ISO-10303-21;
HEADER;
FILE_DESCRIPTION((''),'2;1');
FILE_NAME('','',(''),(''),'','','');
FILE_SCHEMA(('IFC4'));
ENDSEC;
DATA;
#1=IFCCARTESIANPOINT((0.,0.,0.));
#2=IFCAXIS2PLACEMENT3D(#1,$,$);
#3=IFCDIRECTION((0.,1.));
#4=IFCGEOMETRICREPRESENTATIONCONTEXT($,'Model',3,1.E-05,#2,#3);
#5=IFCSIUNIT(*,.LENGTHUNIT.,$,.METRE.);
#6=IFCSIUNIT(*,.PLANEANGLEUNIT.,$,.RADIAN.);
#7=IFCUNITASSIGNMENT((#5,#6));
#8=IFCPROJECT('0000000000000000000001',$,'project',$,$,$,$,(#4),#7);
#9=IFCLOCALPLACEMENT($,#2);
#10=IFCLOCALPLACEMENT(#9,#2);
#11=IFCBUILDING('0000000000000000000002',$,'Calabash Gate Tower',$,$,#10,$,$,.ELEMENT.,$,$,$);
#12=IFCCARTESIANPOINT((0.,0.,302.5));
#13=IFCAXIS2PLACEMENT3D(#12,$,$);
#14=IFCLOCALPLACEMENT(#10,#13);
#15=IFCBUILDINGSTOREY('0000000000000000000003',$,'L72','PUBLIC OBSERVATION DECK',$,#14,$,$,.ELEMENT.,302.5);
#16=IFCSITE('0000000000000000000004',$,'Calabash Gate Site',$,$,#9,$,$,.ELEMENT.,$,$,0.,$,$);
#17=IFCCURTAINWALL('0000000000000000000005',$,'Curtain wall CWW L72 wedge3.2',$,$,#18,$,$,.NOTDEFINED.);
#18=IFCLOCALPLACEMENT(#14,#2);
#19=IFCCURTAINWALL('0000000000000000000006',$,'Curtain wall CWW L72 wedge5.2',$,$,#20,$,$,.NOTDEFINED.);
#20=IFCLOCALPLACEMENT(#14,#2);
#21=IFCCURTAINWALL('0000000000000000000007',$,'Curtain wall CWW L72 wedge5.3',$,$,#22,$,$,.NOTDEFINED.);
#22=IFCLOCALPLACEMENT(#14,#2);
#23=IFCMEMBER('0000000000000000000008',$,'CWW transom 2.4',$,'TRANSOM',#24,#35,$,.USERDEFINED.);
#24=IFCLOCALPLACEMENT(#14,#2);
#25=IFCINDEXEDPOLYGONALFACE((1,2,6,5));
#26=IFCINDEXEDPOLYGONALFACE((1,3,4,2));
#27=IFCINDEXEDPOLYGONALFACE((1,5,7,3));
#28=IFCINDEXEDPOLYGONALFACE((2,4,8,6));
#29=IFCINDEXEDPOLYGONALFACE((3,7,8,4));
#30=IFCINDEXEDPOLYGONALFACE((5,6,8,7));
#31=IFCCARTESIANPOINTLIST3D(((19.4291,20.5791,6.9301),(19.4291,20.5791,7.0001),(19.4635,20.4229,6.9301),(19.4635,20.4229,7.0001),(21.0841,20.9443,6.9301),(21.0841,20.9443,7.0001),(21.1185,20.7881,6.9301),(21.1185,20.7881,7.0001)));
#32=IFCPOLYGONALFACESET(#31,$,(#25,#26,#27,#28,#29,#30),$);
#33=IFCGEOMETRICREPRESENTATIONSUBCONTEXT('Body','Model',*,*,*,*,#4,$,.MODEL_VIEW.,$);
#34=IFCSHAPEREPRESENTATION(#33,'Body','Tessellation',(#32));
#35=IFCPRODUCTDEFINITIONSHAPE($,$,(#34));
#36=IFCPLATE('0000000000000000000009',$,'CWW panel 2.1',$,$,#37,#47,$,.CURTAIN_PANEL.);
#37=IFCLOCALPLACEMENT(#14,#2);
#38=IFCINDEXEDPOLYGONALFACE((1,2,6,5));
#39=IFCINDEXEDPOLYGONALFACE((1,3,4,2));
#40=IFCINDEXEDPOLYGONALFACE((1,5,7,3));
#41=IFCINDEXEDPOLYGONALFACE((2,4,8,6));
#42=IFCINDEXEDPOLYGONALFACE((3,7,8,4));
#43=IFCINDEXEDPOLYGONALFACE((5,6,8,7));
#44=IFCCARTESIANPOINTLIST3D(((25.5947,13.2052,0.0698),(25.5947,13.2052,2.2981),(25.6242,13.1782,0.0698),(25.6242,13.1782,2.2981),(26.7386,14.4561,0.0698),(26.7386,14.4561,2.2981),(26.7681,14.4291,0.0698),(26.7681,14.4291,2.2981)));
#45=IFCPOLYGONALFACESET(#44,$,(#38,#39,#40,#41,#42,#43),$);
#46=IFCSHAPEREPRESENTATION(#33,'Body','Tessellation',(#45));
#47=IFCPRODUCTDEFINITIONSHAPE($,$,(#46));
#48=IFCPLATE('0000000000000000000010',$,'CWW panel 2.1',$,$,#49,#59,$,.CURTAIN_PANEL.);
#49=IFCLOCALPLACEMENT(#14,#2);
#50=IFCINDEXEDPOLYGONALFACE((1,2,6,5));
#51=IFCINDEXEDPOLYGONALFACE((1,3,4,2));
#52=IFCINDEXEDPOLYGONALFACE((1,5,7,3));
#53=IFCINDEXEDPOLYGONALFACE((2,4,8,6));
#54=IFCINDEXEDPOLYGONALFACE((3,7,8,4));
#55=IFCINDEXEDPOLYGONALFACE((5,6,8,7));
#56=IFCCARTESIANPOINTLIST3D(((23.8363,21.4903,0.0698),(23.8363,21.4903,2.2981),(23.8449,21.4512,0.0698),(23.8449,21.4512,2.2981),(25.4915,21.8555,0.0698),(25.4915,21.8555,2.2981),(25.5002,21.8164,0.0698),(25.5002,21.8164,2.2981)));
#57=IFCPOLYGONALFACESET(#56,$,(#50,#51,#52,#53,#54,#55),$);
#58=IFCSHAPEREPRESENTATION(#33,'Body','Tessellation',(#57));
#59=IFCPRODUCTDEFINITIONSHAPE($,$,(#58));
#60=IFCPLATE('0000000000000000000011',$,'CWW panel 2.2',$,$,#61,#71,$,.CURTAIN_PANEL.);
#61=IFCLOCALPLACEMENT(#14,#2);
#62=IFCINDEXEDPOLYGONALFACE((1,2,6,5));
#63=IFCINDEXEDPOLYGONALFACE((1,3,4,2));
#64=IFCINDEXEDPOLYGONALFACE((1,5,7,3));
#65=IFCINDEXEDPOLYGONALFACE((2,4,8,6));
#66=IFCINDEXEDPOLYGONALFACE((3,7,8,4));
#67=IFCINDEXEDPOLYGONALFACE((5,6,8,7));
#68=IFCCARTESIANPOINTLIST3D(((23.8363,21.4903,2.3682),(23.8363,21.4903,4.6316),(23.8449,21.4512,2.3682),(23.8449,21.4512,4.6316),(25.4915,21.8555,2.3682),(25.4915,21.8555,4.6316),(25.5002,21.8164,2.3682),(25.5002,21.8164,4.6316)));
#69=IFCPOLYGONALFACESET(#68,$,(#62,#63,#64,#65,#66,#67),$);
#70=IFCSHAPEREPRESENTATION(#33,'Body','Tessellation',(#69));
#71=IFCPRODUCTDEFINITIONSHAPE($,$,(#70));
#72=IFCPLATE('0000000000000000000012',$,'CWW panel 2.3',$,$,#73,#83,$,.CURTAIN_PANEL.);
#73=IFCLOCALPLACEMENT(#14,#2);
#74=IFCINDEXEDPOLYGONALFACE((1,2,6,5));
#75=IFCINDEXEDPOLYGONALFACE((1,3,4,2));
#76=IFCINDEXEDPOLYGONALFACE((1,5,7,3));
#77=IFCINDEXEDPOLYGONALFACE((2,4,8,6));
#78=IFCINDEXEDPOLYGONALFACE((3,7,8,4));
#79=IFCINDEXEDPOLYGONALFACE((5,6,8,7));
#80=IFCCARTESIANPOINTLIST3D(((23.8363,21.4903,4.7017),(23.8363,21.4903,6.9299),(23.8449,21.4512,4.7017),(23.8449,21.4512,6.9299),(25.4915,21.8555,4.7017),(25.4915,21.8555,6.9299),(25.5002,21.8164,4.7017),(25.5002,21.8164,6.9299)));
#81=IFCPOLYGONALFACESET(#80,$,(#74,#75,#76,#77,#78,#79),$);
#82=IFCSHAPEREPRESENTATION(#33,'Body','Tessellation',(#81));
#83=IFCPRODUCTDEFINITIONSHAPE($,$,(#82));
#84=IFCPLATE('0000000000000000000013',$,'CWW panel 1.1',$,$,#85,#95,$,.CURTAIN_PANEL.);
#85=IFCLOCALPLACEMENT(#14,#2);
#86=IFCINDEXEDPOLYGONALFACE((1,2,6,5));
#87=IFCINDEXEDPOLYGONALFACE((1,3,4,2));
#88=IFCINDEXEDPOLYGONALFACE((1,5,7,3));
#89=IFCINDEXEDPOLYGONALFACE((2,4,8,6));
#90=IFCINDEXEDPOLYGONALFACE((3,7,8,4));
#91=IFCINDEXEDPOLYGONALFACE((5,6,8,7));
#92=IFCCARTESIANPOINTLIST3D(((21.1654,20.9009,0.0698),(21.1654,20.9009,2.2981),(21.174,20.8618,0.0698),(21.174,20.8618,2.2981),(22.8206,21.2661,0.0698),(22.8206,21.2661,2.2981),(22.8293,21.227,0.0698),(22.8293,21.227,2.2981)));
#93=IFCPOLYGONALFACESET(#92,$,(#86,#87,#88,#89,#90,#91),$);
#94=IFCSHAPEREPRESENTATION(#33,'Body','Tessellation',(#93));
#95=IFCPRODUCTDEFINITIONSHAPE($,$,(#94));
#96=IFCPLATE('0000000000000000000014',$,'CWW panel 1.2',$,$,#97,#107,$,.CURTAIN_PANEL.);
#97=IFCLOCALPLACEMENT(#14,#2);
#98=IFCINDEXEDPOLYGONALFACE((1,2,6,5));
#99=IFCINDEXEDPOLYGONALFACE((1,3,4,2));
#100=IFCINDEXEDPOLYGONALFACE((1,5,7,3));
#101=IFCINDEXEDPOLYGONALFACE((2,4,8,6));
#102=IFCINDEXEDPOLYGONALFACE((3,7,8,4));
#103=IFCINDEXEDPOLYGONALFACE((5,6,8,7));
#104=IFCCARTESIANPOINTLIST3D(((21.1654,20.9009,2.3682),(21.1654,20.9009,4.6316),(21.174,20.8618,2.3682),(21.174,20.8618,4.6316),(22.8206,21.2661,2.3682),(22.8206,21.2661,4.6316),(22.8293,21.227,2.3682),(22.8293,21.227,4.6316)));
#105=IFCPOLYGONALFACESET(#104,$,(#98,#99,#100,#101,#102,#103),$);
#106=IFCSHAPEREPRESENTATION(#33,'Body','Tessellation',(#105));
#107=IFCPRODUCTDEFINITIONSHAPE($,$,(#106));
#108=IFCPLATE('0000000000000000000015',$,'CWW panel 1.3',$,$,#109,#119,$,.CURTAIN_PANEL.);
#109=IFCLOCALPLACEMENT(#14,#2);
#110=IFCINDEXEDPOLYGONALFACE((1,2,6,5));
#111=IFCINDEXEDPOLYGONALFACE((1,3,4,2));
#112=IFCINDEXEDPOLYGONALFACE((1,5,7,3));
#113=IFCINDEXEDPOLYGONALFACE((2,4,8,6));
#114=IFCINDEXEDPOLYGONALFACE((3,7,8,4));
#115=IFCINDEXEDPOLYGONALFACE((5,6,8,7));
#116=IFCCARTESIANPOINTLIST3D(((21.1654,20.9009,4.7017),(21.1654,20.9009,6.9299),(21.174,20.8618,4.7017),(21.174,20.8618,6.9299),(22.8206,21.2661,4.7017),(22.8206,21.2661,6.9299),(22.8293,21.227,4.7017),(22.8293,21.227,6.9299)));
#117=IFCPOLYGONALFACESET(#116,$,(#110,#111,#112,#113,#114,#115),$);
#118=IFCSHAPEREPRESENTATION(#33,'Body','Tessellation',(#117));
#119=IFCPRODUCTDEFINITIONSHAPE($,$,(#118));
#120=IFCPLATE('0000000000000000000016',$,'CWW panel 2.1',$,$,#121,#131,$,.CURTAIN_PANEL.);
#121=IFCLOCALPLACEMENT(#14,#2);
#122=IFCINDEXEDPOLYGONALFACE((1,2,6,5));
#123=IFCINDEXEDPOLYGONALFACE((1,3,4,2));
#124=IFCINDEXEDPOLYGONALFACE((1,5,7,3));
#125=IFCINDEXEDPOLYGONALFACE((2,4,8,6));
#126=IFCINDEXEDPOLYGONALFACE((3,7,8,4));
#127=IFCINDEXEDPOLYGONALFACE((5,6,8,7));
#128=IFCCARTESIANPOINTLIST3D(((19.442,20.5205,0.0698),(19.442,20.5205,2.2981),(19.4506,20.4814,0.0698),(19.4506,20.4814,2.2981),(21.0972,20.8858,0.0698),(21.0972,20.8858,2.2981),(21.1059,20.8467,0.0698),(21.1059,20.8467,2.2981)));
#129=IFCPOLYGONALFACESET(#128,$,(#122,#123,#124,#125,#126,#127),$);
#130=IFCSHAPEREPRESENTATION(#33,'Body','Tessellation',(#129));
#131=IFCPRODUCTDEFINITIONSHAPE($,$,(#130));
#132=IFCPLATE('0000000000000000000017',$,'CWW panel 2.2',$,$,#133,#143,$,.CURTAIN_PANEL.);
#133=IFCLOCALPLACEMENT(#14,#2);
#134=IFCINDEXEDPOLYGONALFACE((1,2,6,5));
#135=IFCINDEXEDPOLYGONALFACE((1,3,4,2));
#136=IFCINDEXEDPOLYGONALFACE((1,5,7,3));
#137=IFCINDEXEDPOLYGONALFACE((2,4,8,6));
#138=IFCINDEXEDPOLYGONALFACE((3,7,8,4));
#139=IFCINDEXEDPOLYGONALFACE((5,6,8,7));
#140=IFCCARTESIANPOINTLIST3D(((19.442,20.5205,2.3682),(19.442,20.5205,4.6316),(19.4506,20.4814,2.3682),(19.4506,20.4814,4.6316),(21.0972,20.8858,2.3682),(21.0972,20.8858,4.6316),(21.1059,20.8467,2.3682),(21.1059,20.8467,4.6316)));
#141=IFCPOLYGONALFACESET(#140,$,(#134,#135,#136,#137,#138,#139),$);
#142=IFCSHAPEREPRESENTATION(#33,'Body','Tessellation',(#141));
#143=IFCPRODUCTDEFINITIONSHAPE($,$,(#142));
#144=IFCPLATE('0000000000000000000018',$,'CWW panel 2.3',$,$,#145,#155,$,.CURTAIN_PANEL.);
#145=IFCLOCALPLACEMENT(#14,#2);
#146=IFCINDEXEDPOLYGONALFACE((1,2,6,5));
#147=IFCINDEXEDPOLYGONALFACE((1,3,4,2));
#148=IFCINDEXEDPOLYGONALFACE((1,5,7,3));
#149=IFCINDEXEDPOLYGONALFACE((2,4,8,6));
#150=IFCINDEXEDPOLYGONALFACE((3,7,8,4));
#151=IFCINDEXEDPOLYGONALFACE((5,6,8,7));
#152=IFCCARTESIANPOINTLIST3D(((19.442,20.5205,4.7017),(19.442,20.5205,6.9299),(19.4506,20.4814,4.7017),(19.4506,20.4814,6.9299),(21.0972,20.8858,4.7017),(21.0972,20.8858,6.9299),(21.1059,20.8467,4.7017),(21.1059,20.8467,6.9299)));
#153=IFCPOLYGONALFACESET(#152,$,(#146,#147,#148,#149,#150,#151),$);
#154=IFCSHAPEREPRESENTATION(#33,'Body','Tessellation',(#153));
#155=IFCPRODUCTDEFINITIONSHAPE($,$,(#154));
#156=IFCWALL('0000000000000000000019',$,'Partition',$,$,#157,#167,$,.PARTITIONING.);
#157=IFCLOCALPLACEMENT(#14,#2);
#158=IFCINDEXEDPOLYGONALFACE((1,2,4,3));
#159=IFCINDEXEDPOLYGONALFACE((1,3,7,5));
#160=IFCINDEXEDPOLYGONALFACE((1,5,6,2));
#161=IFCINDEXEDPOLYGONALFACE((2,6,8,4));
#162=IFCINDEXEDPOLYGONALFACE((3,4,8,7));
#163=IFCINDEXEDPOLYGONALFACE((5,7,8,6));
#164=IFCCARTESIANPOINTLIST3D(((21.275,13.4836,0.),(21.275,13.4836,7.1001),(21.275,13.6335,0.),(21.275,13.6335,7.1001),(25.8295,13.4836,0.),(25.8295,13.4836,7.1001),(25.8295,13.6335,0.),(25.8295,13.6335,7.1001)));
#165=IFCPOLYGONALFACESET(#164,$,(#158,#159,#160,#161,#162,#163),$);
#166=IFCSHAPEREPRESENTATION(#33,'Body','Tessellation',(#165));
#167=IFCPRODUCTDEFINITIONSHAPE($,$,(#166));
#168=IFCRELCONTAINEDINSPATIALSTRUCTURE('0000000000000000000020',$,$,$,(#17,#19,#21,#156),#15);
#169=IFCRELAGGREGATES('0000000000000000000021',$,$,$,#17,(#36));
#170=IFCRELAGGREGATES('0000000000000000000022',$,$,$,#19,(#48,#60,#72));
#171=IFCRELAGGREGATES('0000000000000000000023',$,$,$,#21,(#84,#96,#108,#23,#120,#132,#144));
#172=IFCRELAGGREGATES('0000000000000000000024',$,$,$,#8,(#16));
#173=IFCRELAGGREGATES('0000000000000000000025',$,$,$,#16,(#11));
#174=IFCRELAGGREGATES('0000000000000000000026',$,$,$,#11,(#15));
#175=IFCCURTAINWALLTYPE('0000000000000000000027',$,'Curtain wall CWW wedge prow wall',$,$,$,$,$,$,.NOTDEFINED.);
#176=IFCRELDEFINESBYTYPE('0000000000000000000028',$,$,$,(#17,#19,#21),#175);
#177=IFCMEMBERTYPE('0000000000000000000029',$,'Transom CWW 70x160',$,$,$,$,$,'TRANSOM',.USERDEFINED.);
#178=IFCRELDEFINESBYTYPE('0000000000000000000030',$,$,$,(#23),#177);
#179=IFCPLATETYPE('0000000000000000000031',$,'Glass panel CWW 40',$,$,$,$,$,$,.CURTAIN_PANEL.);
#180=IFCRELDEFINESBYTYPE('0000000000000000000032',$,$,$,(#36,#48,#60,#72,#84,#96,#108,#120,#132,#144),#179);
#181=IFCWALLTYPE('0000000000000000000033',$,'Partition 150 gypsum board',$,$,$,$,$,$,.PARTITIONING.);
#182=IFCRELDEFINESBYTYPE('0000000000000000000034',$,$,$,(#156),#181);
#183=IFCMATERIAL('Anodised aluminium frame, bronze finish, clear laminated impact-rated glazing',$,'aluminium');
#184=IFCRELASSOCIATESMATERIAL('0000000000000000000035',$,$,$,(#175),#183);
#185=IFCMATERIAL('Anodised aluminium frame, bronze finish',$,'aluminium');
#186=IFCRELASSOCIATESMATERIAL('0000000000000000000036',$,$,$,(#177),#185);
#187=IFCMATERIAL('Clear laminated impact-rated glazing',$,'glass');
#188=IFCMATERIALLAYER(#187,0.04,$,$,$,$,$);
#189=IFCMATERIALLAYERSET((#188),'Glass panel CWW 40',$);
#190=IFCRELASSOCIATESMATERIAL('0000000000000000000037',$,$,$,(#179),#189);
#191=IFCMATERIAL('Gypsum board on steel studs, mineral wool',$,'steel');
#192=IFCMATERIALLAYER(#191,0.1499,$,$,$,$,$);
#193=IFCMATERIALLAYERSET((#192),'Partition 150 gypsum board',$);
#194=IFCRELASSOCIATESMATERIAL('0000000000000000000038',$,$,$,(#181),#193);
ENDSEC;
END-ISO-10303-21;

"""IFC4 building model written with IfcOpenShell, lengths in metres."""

from ifc_helpers import new_model, si_unit, direction, frame, frame_2d, origin, origin_2d, place, context, subcontext, project, spatial, rectangle, extrude, material, layer, layer_set, material_profile, profile_set, type_object, element, aggregate, save


model = new_model("IFC4")

# Units and contexts
model_context = context("Model", 3, precision=1e-05, world=origin(), true_north=direction((0.0, 1.0)))
body_context = subcontext(model_context, "Body", "Model", "MODEL_VIEW")
ifc_project = project(units=[si_unit("LENGTHUNIT", "METRE"), si_unit("PLANEANGLEUNIT", "RADIAN")], contexts=[model_context])

# Site, building, storey
site_placement = place(None, origin())
site = spatial("IfcSite", under=ifc_project, at=site_placement, Name="Calabash Gate Site", CompositionType="ELEMENT", RefElevation=0.0)
building_placement = place(site_placement, origin())
building = spatial("IfcBuilding", under=site, at=building_placement, Name="Calabash Gate Tower", CompositionType="ELEMENT")
storey_placement = place(building_placement, frame((0.0, 0.0, 302.5)))
storey = spatial("IfcBuildingStorey", under=building, at=storey_placement, Name="L72", Description="PUBLIC OBSERVATION DECK", CompositionType="ELEMENT", Elevation=302.5)

# Curtain wall
ifc_material_1 = material(Name="Anodised aluminium frame, bronze finish, clear laminated impact-rated glazing", Category="aluminium")
curtain_wall_type = type_object("IfcCurtainWallType", Name="Curtain wall CWW wedge prow wall", PredefinedType="NOTDEFINED", material=ifc_material_1)
curtain_wall_1_placement = place(storey_placement, origin())
curtain_wall_1 = element("IfcCurtainWall", 1, at=curtain_wall_1_placement, inside=storey, type_object=curtain_wall_type, Name="Curtain wall CWW L72 wedge3.2", PredefinedType="NOTDEFINED")

# Curtain walls
curtain_wall_2_placement = place(storey_placement, origin())
curtain_wall_2 = element("IfcCurtainWall", 2, at=curtain_wall_2_placement, inside=storey, type_object=curtain_wall_type, Name="Curtain wall CWW L72 wedge5.2", PredefinedType="NOTDEFINED")
curtain_wall_3_placement = place(storey_placement, origin())
curtain_wall_3 = element("IfcCurtainWall", 3, at=curtain_wall_3_placement, inside=storey, type_object=curtain_wall_type, Name="Curtain wall CWW L72 wedge5.3", PredefinedType="NOTDEFINED")

# Member
ifc_material_2 = material(Name="Anodised aluminium frame, bronze finish", Category="aluminium")
ifc_material_profile_1 = material_profile(ifc_material_2, rectangle(XDim=0.1599, YDim=0.0701, at=origin_2d()))
ifc_profile_set_1 = profile_set([ifc_material_profile_1], Name="Anodised aluminium frame, bronze finish")
member_type_1 = type_object("IfcMemberType", Name="Transom CWW 70x160", ElementType="TRANSOM", PredefinedType="USERDEFINED", material=ifc_profile_set_1)
member_1_placement = place(storey_placement, frame((21.1013, 20.8662, 6.9651), z_axis=(-0.976505, -0.215497, 0.0), x_axis=(0.215497, -0.976505, 0.0)))
member_1 = element("IfcMember", 4, at=member_1_placement, type_object=member_type_1, Name="CWW transom 2.4", ObjectType="TRANSOM", PredefinedType="USERDEFINED", context=body_context, shape_type="SweptSolid", body=[
    extrude(rectangle(XDim=0.1599, YDim=0.0701, at=origin_2d()), origin(), (0.0, 0.0, 1.0), 1.6948),
])

# Plates
ifc_material_3 = material(Name="Clear laminated impact-rated glazing", Category="glass")
ifc_layer_1 = layer(ifc_material_3, 0.04)
ifc_layer_set_1 = layer_set([ifc_layer_1], Name="Glass panel CWW 40")
plate_type = type_object("IfcPlateType", Name="Glass panel CWW 40", PredefinedType="CURTAIN_PANEL", material=ifc_layer_set_1)
plate_1_placement = place(storey_placement, frame((26.1814, 13.8171, 0.0698), z_axis=(0.0, 0.0, 1.0), x_axis=(0.674856, 0.737949, 0.0)))
plate_1 = element("IfcPlate", 5, at=plate_1_placement, type_object=plate_type, Name="CWW panel 2.1", PredefinedType="CURTAIN_PANEL", context=body_context, shape_type="SweptSolid", body=[
    extrude(rectangle(XDim=1.6951, YDim=0.04, at=origin_2d()), origin(), (0.0, 0.0, 1.0), 2.2283),
])
aggregate(curtain_wall_1, [plate_1])
plate_2_placement = place(storey_placement, frame((24.6682, 21.6533, 0.0698), z_axis=(0.0, 0.0, 1.0), x_axis=(-0.976511, -0.215468, 0.0)))
plate_2 = element("IfcPlate", 6, at=plate_2_placement, type_object=plate_type, Name="CWW panel 2.1", PredefinedType="CURTAIN_PANEL", context=body_context, shape_type="SweptSolid", body=[
    extrude(rectangle(XDim=1.6951, YDim=0.04, at=origin_2d()), origin(), (0.0, 0.0, 1.0), 2.2283),
])
plate_3_placement = place(storey_placement, frame((24.6682, 21.6533, 2.3682), z_axis=(0.0, 0.0, 1.0), x_axis=(-0.976511, -0.215468, 0.0)))
plate_3 = element("IfcPlate", 7, at=plate_3_placement, type_object=plate_type, Name="CWW panel 2.2", PredefinedType="CURTAIN_PANEL", context=body_context, shape_type="SweptSolid", body=[
    extrude(rectangle(XDim=1.6951, YDim=0.04, at=origin_2d()), origin(), (0.0, 0.0, 1.0), 2.2634),
])
plate_4_placement = place(storey_placement, frame((24.6682, 21.6533, 4.7017), z_axis=(0.0, 0.0, 1.0), x_axis=(-0.976511, -0.215468, 0.0)))
plate_4 = element("IfcPlate", 8, at=plate_4_placement, type_object=plate_type, Name="CWW panel 2.3", PredefinedType="CURTAIN_PANEL", context=body_context, shape_type="SweptSolid", body=[
    extrude(rectangle(XDim=1.6951, YDim=0.04, at=origin_2d()), origin(), (0.0, 0.0, 1.0), 2.2283),
])
aggregate(curtain_wall_2, [plate_2, plate_3, plate_4])
plate_5_placement = place(storey_placement, frame((21.9973, 21.064, 0.0698), z_axis=(0.0, 0.0, 1.0), x_axis=(-0.976511, -0.215468, 0.0)))
plate_5 = element("IfcPlate", 9, at=plate_5_placement, type_object=plate_type, Name="CWW panel 1.1", PredefinedType="CURTAIN_PANEL", context=body_context, shape_type="SweptSolid", body=[
    extrude(rectangle(XDim=1.6951, YDim=0.04, at=origin_2d()), origin(), (0.0, 0.0, 1.0), 2.2283),
])
plate_6_placement = place(storey_placement, frame((21.9973, 21.064, 2.3682), z_axis=(0.0, 0.0, 1.0), x_axis=(-0.976511, -0.215468, 0.0)))
plate_6 = element("IfcPlate", 10, at=plate_6_placement, type_object=plate_type, Name="CWW panel 1.2", PredefinedType="CURTAIN_PANEL", context=body_context, shape_type="SweptSolid", body=[
    extrude(rectangle(XDim=1.6951, YDim=0.04, at=origin_2d()), origin(), (0.0, 0.0, 1.0), 2.2634),
])
plate_7_placement = place(storey_placement, frame((21.9973, 21.064, 4.7017), z_axis=(0.0, 0.0, 1.0), x_axis=(-0.976511, -0.215468, 0.0)))
plate_7 = element("IfcPlate", 11, at=plate_7_placement, type_object=plate_type, Name="CWW panel 1.3", PredefinedType="CURTAIN_PANEL", context=body_context, shape_type="SweptSolid", body=[
    extrude(rectangle(XDim=1.6951, YDim=0.04, at=origin_2d()), origin(), (0.0, 0.0, 1.0), 2.2283),
])
plate_8_placement = place(storey_placement, frame((20.2739, 20.6836, 0.0698), z_axis=(0.0, 0.0, 1.0), x_axis=(-0.976511, -0.215468, 0.0)))
plate_8 = element("IfcPlate", 12, at=plate_8_placement, type_object=plate_type, Name="CWW panel 2.1", PredefinedType="CURTAIN_PANEL", context=body_context, shape_type="SweptSolid", body=[
    extrude(rectangle(XDim=1.6951, YDim=0.04, at=origin_2d()), origin(), (0.0, 0.0, 1.0), 2.2283),
])
plate_9_placement = place(storey_placement, frame((20.2739, 20.6836, 2.3682), z_axis=(0.0, 0.0, 1.0), x_axis=(-0.976511, -0.215468, 0.0)))
plate_9 = element("IfcPlate", 13, at=plate_9_placement, type_object=plate_type, Name="CWW panel 2.2", PredefinedType="CURTAIN_PANEL", context=body_context, shape_type="SweptSolid", body=[
    extrude(rectangle(XDim=1.6951, YDim=0.04, at=origin_2d()), origin(), (0.0, 0.0, 1.0), 2.2634),
])
plate_10_placement = place(storey_placement, frame((20.2739, 20.6836, 4.7017), z_axis=(0.0, 0.0, 1.0), x_axis=(-0.976511, -0.215468, 0.0)))
plate_10 = element("IfcPlate", 14, at=plate_10_placement, type_object=plate_type, Name="CWW panel 2.3", PredefinedType="CURTAIN_PANEL", context=body_context, shape_type="SweptSolid", body=[
    extrude(rectangle(XDim=1.6951, YDim=0.04, at=origin_2d()), origin(), (0.0, 0.0, 1.0), 2.2283),
])
aggregate(curtain_wall_3, [plate_5, plate_6, plate_7, member_1, plate_8, plate_9, plate_10])

# Wall
ifc_material_4 = material(Name="Gypsum board on steel studs, mineral wool", Category="steel")
ifc_layer_2 = layer(ifc_material_4, 0.1499)
ifc_layer_set_2 = layer_set([ifc_layer_2], Name="Partition 150 gypsum board")
wall_type = type_object("IfcWallType", Name="Partition 150 gypsum board", PredefinedType="PARTITIONING", material=ifc_layer_set_2)
wall_placement = place(storey_placement, frame((21.2749, 13.5586, 0.0), z_axis=(0.0, 0.0, 1.0), x_axis=(1.0, 0.0, 0.0)))
element("IfcWall", 15, at=wall_placement, inside=storey, type_object=wall_type, Name="Partition", PredefinedType="PARTITIONING", context=body_context, shape_type="SweptSolid", body=[
    extrude(rectangle(XDim=4.5544, YDim=0.1499, at=frame_2d((2.2773, 0.0))), origin(), (0.0, 0.0, 1.0), 7.1001),
])

save(model, "model.ifc")
